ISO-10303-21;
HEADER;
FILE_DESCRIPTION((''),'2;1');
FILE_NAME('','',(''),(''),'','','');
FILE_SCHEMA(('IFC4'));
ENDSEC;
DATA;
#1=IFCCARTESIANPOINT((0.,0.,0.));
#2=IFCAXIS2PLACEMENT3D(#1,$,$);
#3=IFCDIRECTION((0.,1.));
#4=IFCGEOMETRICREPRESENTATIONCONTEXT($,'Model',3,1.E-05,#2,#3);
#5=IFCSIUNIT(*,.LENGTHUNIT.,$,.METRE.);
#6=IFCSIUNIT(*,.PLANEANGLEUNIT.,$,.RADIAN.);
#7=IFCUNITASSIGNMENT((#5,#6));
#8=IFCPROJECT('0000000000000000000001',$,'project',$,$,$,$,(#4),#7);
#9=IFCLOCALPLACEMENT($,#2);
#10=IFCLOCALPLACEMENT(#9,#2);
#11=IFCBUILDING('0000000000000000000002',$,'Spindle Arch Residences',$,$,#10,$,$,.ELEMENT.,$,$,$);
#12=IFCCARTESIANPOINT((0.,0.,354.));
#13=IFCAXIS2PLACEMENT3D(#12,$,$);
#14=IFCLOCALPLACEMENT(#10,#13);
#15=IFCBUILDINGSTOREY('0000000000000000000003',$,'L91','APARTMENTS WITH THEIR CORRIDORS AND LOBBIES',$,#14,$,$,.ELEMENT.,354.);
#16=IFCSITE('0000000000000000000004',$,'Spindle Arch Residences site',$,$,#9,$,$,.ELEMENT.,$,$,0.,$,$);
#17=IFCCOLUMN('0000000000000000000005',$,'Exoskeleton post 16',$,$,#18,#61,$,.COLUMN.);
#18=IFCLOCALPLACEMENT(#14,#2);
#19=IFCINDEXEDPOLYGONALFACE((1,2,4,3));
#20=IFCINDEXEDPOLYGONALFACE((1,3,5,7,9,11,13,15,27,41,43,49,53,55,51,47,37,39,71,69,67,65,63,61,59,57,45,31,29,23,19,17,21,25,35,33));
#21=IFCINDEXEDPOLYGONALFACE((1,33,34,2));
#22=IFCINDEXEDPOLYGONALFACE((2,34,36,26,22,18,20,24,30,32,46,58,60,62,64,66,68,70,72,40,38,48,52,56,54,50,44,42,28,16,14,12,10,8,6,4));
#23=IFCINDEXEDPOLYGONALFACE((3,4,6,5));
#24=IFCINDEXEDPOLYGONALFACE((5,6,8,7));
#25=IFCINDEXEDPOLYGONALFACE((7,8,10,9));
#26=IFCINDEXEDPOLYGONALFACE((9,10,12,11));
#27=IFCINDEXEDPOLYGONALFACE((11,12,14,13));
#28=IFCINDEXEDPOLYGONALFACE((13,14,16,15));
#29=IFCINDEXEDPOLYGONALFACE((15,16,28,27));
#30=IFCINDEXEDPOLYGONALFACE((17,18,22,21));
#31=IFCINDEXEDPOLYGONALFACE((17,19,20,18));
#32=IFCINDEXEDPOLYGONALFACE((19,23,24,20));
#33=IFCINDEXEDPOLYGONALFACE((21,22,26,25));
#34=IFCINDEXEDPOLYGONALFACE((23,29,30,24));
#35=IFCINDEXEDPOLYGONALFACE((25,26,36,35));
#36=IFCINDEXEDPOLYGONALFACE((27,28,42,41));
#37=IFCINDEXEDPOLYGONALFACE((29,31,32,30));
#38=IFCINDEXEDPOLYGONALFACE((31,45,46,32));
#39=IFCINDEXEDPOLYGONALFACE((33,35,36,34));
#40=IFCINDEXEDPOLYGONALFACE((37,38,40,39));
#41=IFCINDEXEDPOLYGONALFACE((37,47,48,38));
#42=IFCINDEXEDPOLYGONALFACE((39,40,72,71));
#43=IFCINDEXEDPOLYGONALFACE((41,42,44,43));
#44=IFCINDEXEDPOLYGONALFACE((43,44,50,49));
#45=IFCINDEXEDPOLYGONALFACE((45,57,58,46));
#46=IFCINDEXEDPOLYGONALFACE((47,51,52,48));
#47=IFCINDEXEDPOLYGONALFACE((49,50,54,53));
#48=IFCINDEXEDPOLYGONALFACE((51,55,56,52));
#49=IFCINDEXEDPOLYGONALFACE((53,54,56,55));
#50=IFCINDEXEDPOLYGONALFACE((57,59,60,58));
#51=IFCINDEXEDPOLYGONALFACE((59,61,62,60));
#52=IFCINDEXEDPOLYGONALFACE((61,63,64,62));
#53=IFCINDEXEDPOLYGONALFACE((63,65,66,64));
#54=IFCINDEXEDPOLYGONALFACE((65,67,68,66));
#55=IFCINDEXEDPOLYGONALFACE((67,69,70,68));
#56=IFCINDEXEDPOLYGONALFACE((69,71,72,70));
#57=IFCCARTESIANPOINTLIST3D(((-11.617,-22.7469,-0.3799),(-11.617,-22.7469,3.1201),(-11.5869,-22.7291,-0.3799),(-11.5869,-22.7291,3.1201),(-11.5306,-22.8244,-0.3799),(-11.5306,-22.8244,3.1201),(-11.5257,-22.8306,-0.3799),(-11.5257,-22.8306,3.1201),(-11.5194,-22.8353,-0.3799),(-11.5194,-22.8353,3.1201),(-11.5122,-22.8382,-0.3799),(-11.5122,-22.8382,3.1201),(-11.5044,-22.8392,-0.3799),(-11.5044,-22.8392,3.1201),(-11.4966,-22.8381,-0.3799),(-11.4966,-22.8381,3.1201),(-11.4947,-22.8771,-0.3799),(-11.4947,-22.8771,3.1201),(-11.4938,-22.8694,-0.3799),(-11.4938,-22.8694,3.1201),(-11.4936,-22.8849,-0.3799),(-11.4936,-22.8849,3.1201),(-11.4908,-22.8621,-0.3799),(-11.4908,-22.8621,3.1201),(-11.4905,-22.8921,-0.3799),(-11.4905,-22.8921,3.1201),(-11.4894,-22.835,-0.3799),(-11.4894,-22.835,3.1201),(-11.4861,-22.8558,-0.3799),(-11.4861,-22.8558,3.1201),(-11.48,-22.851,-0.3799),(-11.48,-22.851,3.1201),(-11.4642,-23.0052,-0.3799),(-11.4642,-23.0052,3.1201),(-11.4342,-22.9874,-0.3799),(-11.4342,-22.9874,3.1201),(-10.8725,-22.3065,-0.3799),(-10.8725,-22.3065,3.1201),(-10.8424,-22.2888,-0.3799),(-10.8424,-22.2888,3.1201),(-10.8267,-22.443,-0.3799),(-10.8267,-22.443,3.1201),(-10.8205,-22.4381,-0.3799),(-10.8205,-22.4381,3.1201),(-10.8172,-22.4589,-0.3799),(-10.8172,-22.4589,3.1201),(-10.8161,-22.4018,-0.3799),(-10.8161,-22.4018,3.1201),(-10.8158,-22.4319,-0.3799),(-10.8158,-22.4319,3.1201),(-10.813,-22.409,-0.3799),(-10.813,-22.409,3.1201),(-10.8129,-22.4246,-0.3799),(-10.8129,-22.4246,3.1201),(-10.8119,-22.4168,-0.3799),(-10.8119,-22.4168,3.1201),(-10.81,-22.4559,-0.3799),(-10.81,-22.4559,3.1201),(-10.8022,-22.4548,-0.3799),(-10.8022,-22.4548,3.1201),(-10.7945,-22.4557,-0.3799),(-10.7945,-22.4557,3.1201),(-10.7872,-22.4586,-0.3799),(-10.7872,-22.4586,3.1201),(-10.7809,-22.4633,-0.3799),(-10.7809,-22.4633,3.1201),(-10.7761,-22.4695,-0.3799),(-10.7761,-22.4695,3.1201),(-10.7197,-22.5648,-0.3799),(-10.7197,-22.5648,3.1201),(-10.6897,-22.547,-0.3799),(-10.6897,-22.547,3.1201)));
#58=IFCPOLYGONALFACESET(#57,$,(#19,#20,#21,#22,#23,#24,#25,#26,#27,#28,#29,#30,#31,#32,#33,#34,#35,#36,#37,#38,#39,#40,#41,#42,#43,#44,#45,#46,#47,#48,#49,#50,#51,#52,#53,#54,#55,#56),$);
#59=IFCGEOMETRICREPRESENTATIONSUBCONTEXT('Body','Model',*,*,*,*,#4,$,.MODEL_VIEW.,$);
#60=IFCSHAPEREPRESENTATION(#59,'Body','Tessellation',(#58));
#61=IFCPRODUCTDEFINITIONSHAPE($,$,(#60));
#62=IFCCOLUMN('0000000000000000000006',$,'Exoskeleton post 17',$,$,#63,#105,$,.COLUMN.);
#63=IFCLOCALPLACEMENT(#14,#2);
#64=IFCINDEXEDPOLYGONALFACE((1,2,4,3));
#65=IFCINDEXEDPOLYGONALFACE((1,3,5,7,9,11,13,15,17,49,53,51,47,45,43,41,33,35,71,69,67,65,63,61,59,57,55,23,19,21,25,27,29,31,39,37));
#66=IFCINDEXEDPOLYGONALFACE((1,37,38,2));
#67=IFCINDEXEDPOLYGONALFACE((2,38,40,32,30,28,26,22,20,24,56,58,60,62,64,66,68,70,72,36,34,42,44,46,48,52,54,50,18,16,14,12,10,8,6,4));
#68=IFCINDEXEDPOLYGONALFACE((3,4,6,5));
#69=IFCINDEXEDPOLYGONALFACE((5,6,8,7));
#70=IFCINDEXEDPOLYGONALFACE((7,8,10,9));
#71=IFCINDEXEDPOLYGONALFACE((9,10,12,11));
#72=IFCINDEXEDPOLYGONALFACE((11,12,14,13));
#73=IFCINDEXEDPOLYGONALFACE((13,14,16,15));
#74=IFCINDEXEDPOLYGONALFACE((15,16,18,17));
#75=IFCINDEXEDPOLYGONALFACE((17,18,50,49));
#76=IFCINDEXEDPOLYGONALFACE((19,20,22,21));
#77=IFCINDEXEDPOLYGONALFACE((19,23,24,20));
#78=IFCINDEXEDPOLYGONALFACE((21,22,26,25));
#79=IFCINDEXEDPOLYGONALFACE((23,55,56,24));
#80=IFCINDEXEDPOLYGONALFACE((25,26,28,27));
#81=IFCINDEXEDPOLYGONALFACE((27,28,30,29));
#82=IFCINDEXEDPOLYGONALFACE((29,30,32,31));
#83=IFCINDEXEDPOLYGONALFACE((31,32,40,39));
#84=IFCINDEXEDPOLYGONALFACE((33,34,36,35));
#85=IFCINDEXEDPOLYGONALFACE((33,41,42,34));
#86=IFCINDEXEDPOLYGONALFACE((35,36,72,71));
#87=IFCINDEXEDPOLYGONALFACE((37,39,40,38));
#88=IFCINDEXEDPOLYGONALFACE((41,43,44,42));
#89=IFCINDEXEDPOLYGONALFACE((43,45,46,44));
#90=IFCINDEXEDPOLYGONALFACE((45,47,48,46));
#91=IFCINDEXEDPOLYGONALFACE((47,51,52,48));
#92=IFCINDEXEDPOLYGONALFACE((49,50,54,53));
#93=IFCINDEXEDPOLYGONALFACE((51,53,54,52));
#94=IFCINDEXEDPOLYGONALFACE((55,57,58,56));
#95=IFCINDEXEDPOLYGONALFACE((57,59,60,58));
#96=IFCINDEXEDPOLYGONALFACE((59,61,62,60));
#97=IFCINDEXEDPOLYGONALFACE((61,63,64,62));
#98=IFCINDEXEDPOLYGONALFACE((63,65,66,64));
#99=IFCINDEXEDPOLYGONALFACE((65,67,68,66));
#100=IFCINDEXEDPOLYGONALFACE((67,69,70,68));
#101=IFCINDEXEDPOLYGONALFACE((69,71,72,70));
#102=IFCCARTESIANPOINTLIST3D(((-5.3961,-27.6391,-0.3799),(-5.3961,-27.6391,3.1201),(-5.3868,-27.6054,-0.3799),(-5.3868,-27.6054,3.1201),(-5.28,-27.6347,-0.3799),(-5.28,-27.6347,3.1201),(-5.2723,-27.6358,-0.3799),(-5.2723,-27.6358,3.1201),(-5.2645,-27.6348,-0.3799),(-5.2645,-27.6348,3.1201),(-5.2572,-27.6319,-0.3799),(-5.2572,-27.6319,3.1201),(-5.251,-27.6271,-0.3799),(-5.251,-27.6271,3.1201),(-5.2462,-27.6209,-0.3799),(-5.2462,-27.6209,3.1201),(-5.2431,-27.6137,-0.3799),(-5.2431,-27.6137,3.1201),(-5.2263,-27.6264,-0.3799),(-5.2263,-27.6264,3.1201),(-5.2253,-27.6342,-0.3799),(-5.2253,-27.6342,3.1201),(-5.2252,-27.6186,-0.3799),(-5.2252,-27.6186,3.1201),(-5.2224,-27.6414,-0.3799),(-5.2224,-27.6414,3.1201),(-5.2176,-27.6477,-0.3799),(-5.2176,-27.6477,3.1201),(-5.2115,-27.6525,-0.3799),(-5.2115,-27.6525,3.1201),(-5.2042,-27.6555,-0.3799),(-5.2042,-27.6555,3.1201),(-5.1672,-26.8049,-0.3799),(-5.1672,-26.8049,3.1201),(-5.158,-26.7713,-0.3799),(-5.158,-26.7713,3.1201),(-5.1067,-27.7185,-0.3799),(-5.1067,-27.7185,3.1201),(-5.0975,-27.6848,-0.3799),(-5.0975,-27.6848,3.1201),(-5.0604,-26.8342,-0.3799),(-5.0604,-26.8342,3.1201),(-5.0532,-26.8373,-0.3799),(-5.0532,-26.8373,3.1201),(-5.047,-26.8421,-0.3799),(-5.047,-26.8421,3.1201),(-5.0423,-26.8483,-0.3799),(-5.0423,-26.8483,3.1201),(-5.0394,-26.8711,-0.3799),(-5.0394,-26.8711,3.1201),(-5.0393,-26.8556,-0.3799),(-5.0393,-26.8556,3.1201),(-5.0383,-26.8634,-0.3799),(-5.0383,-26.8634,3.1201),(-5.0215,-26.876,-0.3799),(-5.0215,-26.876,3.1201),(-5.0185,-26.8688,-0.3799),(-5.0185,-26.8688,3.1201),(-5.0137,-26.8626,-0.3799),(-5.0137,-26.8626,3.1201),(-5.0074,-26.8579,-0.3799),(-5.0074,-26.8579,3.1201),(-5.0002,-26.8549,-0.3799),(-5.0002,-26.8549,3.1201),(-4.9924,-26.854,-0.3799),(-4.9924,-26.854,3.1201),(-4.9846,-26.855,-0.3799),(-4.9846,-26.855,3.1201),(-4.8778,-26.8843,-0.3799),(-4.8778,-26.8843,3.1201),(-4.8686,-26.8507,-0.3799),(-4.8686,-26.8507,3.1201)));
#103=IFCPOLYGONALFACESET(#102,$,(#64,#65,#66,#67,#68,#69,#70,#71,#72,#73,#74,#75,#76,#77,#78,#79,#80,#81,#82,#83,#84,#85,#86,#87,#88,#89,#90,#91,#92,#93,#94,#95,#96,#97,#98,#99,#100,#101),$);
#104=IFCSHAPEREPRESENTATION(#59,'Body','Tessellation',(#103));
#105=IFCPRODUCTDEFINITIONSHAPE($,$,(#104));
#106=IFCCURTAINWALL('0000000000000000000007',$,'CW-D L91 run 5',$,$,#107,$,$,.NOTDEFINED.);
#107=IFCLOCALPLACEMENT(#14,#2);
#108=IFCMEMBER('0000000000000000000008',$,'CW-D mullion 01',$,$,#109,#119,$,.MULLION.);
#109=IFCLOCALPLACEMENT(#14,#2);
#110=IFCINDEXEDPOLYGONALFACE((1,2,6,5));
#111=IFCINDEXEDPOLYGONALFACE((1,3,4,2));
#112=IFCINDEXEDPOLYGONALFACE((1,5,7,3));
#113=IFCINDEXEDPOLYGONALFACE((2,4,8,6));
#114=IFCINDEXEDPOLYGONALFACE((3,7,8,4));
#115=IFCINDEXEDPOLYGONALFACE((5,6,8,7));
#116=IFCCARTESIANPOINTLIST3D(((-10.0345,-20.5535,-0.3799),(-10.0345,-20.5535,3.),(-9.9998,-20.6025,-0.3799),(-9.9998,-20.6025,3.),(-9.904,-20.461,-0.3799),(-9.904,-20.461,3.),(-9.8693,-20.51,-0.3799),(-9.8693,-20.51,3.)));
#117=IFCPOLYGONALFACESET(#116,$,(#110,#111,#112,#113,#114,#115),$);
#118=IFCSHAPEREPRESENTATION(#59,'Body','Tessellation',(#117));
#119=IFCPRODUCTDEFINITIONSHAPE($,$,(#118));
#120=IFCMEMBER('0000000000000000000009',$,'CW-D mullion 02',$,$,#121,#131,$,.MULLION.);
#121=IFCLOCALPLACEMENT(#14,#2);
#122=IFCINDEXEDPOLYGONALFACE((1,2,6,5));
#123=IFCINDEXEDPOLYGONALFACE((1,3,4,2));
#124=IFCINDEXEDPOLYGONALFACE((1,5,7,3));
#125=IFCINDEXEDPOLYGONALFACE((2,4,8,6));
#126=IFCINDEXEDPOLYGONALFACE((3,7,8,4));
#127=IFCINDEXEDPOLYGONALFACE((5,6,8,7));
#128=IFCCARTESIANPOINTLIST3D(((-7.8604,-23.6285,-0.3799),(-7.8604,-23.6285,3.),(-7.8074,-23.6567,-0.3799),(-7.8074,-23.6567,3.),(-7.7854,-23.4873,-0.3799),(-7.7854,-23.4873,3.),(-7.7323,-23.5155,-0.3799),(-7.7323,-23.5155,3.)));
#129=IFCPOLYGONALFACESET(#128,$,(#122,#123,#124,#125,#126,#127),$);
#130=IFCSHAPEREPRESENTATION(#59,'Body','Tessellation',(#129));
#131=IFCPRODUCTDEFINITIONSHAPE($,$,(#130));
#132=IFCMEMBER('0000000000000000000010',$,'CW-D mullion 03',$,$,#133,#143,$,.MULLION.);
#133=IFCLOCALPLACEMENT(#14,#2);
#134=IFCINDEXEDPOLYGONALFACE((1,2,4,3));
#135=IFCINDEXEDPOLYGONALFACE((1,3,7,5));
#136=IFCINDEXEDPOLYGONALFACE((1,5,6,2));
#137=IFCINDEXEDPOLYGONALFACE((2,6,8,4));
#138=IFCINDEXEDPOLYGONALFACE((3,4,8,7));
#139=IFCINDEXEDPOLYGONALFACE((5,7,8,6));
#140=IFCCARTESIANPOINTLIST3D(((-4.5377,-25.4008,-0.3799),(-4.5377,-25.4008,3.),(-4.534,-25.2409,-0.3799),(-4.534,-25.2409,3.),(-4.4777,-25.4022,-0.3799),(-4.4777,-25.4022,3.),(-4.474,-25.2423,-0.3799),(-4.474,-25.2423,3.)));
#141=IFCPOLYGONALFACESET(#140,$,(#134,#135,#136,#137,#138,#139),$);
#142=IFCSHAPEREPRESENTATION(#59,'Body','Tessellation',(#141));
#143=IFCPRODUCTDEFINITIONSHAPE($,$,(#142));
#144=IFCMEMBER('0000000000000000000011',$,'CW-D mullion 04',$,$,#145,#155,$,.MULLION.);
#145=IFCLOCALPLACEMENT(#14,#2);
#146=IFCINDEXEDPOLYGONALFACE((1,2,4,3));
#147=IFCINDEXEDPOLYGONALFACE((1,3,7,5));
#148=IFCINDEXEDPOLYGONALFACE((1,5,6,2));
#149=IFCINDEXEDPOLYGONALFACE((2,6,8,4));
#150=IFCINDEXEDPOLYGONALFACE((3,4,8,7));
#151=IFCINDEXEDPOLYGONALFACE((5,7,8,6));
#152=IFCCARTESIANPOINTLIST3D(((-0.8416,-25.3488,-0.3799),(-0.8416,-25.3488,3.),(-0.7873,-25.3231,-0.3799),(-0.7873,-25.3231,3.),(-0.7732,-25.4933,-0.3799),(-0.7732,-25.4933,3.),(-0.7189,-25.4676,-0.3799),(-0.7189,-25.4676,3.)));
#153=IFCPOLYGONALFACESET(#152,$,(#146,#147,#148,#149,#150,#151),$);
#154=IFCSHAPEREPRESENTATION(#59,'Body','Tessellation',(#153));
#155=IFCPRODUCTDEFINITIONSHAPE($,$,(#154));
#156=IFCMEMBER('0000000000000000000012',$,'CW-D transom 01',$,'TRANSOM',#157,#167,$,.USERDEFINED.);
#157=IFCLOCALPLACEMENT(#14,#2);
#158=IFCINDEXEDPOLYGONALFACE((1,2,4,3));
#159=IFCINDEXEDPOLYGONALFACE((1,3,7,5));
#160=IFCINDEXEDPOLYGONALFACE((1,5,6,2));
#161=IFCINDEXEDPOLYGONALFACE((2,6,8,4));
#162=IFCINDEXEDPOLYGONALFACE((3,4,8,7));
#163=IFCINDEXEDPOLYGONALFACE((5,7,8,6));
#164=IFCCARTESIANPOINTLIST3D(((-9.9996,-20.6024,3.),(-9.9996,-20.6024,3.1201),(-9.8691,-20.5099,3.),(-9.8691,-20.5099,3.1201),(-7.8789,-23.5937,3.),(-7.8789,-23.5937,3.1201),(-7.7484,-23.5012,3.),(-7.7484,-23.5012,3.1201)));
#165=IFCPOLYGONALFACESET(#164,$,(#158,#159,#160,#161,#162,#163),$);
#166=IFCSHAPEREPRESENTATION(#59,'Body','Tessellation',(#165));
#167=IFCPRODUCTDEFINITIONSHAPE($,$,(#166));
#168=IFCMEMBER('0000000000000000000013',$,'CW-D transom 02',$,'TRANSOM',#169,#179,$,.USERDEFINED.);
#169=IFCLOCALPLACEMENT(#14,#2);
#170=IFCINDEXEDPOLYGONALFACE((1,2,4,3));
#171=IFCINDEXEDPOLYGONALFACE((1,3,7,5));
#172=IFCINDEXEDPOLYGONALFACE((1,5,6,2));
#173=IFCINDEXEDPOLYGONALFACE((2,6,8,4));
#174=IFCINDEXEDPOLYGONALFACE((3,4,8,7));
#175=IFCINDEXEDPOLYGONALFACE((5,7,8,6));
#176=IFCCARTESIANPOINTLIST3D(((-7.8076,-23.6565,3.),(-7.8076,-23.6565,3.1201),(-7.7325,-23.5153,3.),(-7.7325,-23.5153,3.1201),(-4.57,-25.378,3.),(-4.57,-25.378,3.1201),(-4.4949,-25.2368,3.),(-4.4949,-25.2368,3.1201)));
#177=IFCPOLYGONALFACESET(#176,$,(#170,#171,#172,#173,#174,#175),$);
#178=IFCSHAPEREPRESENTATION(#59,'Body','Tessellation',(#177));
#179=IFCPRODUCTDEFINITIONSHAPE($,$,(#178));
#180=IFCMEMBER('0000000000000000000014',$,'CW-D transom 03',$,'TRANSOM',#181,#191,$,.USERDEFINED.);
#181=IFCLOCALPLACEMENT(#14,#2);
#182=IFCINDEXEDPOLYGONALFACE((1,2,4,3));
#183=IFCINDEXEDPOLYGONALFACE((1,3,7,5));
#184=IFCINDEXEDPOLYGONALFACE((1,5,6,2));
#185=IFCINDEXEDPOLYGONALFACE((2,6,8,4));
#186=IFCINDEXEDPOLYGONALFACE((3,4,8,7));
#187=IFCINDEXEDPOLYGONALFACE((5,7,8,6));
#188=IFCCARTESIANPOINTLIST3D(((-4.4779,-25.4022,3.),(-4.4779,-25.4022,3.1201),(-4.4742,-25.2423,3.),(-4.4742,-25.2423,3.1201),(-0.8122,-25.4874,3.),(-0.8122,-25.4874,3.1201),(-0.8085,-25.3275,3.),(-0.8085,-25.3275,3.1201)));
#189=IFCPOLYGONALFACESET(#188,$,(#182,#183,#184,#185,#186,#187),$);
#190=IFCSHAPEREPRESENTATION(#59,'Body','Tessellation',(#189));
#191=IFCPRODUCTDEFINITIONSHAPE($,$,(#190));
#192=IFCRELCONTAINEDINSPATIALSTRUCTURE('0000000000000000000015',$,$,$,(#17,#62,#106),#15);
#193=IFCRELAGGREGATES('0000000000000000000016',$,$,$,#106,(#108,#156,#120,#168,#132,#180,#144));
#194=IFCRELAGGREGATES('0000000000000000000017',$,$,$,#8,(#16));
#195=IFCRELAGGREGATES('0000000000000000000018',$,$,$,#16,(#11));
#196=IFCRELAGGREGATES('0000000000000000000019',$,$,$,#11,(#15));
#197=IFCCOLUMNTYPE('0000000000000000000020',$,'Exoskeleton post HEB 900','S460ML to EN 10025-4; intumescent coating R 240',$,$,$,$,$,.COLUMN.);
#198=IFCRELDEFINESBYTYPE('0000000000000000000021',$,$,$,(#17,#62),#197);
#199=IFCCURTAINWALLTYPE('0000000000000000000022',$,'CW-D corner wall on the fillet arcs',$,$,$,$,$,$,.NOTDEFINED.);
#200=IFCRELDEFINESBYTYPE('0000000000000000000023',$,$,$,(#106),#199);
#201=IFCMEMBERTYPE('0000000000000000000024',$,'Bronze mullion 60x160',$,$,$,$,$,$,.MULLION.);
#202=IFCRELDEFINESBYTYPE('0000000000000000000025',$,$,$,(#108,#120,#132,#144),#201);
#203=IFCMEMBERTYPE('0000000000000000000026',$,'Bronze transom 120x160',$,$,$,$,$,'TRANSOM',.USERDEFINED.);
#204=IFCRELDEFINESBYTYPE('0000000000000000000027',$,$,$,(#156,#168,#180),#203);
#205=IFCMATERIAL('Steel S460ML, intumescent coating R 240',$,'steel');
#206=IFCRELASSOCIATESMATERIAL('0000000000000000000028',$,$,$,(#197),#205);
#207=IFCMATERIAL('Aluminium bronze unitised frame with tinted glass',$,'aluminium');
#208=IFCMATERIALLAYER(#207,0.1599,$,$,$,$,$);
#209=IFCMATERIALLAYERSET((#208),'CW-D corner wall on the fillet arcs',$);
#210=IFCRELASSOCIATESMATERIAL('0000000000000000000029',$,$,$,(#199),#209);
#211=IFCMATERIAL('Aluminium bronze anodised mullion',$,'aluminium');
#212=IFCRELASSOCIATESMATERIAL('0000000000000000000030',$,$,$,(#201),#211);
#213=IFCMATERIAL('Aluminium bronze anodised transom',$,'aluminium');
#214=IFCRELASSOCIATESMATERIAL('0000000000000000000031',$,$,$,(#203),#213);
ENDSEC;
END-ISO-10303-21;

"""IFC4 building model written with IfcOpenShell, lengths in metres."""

from ifc_helpers import new_model, si_unit, direction, frame, origin, origin_2d, place, context, subcontext, project, spatial, rectangle, i_section, extrude, material, layer, layer_set, material_profile, profile_set, type_object, element, aggregate, save


model = new_model("IFC4")

# Units and contexts
model_context = context("Model", 3, precision=1e-05, world=origin(), true_north=direction((0.0, 1.0)))
body_context = subcontext(model_context, "Body", "Model", "MODEL_VIEW")
ifc_project = project(units=[si_unit("LENGTHUNIT", "METRE"), si_unit("PLANEANGLEUNIT", "RADIAN")], contexts=[model_context])

# Site, building, storey
site_placement = place(None, origin())
site = spatial("IfcSite", under=ifc_project, at=site_placement, Name="Spindle Arch Residences site", CompositionType="ELEMENT", RefElevation=0.0)
building_placement = place(site_placement, origin())
building = spatial("IfcBuilding", under=site, at=building_placement, Name="Spindle Arch Residences", CompositionType="ELEMENT")
storey_placement = place(building_placement, frame((0.0, 0.0, 354.0)))
storey = spatial("IfcBuildingStorey", under=building, at=storey_placement, Name="L91", Description="APARTMENTS WITH THEIR CORRIDORS AND LOBBIES", CompositionType="ELEMENT", Elevation=354.0)

# Columns
ifc_material_1 = material(Name="Steel S460ML, intumescent coating R 240", Category="steel")
ifc_material_profile_1 = material_profile(ifc_material_1, i_section(OverallWidth=0.3, OverallDepth=0.8999, WebThickness=0.0186, FlangeThickness=0.0349, FilletRadius=0.03, at=origin_2d()), Name="HEB 900")
ifc_profile_set_1 = profile_set([ifc_material_profile_1], Name="Steel S460ML, intumescent coating R 240")
column_type = type_object("IfcColumnType", Name="Exoskeleton post HEB 900", Description="S460ML to EN 10025-4; intumescent coating R 240", PredefinedType="COLUMN", material=ifc_profile_set_1)
for number, where, z_axis, x_axis, name in (
    (1, (-11.1533, -22.647, -0.3799), (0.0, 0.0, 1.0), (-0.509114, 0.860699, 0.0), "Exoskeleton post 16"),
    (2, (-5.1323, -27.2449, -0.3799), (0.0, 0.0, 1.0), (-0.964363, 0.264583, 0.0), "Exoskeleton post 17"),
):
    element("IfcColumn", number, at=place(storey_placement, frame(where, z_axis=z_axis, x_axis=x_axis)), inside=storey, type_object=column_type, Name=name, PredefinedType="COLUMN", context=body_context, shape_type="SweptSolid", body=[
        extrude(i_section(OverallWidth=0.3, OverallDepth=0.8999, WebThickness=0.0186, FlangeThickness=0.0349, FilletRadius=0.03, at=origin_2d()), origin(), (0.0, 0.0, 1.0), 3.5),
    ])

# Curtain wall, members
ifc_material_2 = material(Name="Aluminium bronze unitised frame with tinted glass", Category="aluminium")
ifc_layer_1 = layer(ifc_material_2, 0.1599)
ifc_layer_set_1 = layer_set([ifc_layer_1], Name="CW-D corner wall on the fillet arcs")
curtain_wall_type = type_object("IfcCurtainWallType", Name="CW-D corner wall on the fillet arcs", PredefinedType="NOTDEFINED", material=ifc_layer_set_1)
curtain_wall_placement = place(storey_placement, origin())
curtain_wall = element("IfcCurtainWall", 3, at=curtain_wall_placement, inside=storey, type_object=curtain_wall_type, Name="CW-D L91 run 5", PredefinedType="NOTDEFINED")
ifc_material_3 = material(Name="Aluminium bronze anodised mullion", Category="aluminium")
ifc_material_profile_2 = material_profile(ifc_material_3, rectangle(XDim=0.1599, YDim=0.0601, at=origin_2d()), Name="MU 60x160")
ifc_profile_set_2 = profile_set([ifc_material_profile_2], Name="Aluminium bronze anodised mullion")
member_type_1 = type_object("IfcMemberType", Name="Bronze mullion 60x160", PredefinedType="MULLION", material=ifc_profile_set_2)
member_1_placement = place(storey_placement, frame((-9.9519, -20.5317, -0.3799), z_axis=(0.0, 0.0, 1.0), x_axis=(0.815801, 0.578332, 0.0)))
member_1 = element("IfcMember", 4, at=member_1_placement, type_object=member_type_1, Name="CW-D mullion 01", PredefinedType="MULLION", context=body_context, shape_type="SweptSolid", body=[
    extrude(rectangle(XDim=0.1599, YDim=0.0601, at=origin_2d()), origin(), (0.0, 0.0, 1.0), 3.3799),
])
member_2_placement = place(storey_placement, frame((-7.7964, -23.572, -0.3799), z_axis=(0.0, 0.0, 1.0), x_axis=(0.469472, 0.882948, 0.0)))
member_2 = element("IfcMember", 5, at=member_2_placement, type_object=member_type_1, Name="CW-D mullion 02", PredefinedType="MULLION", context=body_context, shape_type="SweptSolid", body=[
    extrude(rectangle(XDim=0.1599, YDim=0.0601, at=origin_2d()), origin(), (0.0, 0.0, 1.0), 3.3799),
])
member_3_placement = place(storey_placement, frame((-4.5059, -25.3215, -0.3799), z_axis=(0.0, 0.0, 1.0), x_axis=(0.023269, 0.999729, 0.0)))
member_3 = element("IfcMember", 6, at=member_3_placement, type_object=member_type_1, Name="CW-D mullion 03", PredefinedType="MULLION", context=body_context, shape_type="SweptSolid", body=[
    extrude(rectangle(XDim=0.1599, YDim=0.0601, at=origin_2d()), origin(), (0.0, 0.0, 1.0), 3.3799),
])
member_4_placement = place(storey_placement, frame((-0.7803, -25.4082, -0.3799), z_axis=(0.0, 0.0, 1.0), x_axis=(-0.427884, 0.903834, 0.0)))
member_4 = element("IfcMember", 7, at=member_4_placement, type_object=member_type_1, Name="CW-D mullion 04", PredefinedType="MULLION", context=body_context, shape_type="SweptSolid", body=[
    extrude(rectangle(XDim=0.1599, YDim=0.0601, at=origin_2d()), origin(), (0.0, 0.0, 1.0), 3.3799),
])
ifc_material_4 = material(Name="Aluminium bronze anodised transom", Category="aluminium")
ifc_material_profile_3 = material_profile(ifc_material_4, rectangle(XDim=0.1599, YDim=0.1201, at=origin_2d()), Name="TR 120x160")
ifc_profile_set_3 = profile_set([ifc_material_profile_3], Name="Aluminium bronze anodised transom")
member_type_2 = type_object("IfcMemberType", Name="Bronze transom 120x160", ElementType="TRANSOM", PredefinedType="USERDEFINED", material=ifc_profile_set_3)
member_5_placement = place(storey_placement, frame((-9.9343, -20.5562, 3.0601), z_axis=(0.57835, -0.815789, 0.0), x_axis=(0.815789, 0.57835, 0.0)))
member_5 = element("IfcMember", 8, at=member_5_placement, type_object=member_type_2, Name="CW-D transom 01", ObjectType="TRANSOM", PredefinedType="USERDEFINED", context=body_context, shape_type="SweptSolid", body=[
    extrude(rectangle(XDim=0.1599, YDim=0.1201, at=origin_2d()), origin(), (0.0, 0.0, 1.0), 3.6667),
])
member_6_placement = place(storey_placement, frame((-7.77, -23.5859, 3.0601), z_axis=(0.882948, -0.469472, 0.0), x_axis=(0.469472, 0.882948, 0.0)))
member_6 = element("IfcMember", 9, at=member_6_placement, type_object=member_type_2, Name="CW-D transom 02", ObjectType="TRANSOM", PredefinedType="USERDEFINED", context=body_context, shape_type="SweptSolid", body=[
    extrude(rectangle(XDim=0.1599, YDim=0.1201, at=origin_2d()), origin(), (0.0, 0.0, 1.0), 3.6667),
])
member_7_placement = place(storey_placement, frame((-4.4761, -25.3223, 3.0601), z_axis=(0.99973, -0.023237, 0.0), x_axis=(0.023237, 0.99973, 0.0)))
member_7 = element("IfcMember", 10, at=member_7_placement, type_object=member_type_2, Name="CW-D transom 03", ObjectType="TRANSOM", PredefinedType="USERDEFINED", context=body_context, shape_type="SweptSolid", body=[
    extrude(rectangle(XDim=0.1599, YDim=0.1201, at=origin_2d()), origin(), (0.0, 0.0, 1.0), 3.6667),
])

aggregate(curtain_wall, [member_1, member_5, member_2, member_6, member_3, member_7, member_4])

save(model, "model.ifc")
